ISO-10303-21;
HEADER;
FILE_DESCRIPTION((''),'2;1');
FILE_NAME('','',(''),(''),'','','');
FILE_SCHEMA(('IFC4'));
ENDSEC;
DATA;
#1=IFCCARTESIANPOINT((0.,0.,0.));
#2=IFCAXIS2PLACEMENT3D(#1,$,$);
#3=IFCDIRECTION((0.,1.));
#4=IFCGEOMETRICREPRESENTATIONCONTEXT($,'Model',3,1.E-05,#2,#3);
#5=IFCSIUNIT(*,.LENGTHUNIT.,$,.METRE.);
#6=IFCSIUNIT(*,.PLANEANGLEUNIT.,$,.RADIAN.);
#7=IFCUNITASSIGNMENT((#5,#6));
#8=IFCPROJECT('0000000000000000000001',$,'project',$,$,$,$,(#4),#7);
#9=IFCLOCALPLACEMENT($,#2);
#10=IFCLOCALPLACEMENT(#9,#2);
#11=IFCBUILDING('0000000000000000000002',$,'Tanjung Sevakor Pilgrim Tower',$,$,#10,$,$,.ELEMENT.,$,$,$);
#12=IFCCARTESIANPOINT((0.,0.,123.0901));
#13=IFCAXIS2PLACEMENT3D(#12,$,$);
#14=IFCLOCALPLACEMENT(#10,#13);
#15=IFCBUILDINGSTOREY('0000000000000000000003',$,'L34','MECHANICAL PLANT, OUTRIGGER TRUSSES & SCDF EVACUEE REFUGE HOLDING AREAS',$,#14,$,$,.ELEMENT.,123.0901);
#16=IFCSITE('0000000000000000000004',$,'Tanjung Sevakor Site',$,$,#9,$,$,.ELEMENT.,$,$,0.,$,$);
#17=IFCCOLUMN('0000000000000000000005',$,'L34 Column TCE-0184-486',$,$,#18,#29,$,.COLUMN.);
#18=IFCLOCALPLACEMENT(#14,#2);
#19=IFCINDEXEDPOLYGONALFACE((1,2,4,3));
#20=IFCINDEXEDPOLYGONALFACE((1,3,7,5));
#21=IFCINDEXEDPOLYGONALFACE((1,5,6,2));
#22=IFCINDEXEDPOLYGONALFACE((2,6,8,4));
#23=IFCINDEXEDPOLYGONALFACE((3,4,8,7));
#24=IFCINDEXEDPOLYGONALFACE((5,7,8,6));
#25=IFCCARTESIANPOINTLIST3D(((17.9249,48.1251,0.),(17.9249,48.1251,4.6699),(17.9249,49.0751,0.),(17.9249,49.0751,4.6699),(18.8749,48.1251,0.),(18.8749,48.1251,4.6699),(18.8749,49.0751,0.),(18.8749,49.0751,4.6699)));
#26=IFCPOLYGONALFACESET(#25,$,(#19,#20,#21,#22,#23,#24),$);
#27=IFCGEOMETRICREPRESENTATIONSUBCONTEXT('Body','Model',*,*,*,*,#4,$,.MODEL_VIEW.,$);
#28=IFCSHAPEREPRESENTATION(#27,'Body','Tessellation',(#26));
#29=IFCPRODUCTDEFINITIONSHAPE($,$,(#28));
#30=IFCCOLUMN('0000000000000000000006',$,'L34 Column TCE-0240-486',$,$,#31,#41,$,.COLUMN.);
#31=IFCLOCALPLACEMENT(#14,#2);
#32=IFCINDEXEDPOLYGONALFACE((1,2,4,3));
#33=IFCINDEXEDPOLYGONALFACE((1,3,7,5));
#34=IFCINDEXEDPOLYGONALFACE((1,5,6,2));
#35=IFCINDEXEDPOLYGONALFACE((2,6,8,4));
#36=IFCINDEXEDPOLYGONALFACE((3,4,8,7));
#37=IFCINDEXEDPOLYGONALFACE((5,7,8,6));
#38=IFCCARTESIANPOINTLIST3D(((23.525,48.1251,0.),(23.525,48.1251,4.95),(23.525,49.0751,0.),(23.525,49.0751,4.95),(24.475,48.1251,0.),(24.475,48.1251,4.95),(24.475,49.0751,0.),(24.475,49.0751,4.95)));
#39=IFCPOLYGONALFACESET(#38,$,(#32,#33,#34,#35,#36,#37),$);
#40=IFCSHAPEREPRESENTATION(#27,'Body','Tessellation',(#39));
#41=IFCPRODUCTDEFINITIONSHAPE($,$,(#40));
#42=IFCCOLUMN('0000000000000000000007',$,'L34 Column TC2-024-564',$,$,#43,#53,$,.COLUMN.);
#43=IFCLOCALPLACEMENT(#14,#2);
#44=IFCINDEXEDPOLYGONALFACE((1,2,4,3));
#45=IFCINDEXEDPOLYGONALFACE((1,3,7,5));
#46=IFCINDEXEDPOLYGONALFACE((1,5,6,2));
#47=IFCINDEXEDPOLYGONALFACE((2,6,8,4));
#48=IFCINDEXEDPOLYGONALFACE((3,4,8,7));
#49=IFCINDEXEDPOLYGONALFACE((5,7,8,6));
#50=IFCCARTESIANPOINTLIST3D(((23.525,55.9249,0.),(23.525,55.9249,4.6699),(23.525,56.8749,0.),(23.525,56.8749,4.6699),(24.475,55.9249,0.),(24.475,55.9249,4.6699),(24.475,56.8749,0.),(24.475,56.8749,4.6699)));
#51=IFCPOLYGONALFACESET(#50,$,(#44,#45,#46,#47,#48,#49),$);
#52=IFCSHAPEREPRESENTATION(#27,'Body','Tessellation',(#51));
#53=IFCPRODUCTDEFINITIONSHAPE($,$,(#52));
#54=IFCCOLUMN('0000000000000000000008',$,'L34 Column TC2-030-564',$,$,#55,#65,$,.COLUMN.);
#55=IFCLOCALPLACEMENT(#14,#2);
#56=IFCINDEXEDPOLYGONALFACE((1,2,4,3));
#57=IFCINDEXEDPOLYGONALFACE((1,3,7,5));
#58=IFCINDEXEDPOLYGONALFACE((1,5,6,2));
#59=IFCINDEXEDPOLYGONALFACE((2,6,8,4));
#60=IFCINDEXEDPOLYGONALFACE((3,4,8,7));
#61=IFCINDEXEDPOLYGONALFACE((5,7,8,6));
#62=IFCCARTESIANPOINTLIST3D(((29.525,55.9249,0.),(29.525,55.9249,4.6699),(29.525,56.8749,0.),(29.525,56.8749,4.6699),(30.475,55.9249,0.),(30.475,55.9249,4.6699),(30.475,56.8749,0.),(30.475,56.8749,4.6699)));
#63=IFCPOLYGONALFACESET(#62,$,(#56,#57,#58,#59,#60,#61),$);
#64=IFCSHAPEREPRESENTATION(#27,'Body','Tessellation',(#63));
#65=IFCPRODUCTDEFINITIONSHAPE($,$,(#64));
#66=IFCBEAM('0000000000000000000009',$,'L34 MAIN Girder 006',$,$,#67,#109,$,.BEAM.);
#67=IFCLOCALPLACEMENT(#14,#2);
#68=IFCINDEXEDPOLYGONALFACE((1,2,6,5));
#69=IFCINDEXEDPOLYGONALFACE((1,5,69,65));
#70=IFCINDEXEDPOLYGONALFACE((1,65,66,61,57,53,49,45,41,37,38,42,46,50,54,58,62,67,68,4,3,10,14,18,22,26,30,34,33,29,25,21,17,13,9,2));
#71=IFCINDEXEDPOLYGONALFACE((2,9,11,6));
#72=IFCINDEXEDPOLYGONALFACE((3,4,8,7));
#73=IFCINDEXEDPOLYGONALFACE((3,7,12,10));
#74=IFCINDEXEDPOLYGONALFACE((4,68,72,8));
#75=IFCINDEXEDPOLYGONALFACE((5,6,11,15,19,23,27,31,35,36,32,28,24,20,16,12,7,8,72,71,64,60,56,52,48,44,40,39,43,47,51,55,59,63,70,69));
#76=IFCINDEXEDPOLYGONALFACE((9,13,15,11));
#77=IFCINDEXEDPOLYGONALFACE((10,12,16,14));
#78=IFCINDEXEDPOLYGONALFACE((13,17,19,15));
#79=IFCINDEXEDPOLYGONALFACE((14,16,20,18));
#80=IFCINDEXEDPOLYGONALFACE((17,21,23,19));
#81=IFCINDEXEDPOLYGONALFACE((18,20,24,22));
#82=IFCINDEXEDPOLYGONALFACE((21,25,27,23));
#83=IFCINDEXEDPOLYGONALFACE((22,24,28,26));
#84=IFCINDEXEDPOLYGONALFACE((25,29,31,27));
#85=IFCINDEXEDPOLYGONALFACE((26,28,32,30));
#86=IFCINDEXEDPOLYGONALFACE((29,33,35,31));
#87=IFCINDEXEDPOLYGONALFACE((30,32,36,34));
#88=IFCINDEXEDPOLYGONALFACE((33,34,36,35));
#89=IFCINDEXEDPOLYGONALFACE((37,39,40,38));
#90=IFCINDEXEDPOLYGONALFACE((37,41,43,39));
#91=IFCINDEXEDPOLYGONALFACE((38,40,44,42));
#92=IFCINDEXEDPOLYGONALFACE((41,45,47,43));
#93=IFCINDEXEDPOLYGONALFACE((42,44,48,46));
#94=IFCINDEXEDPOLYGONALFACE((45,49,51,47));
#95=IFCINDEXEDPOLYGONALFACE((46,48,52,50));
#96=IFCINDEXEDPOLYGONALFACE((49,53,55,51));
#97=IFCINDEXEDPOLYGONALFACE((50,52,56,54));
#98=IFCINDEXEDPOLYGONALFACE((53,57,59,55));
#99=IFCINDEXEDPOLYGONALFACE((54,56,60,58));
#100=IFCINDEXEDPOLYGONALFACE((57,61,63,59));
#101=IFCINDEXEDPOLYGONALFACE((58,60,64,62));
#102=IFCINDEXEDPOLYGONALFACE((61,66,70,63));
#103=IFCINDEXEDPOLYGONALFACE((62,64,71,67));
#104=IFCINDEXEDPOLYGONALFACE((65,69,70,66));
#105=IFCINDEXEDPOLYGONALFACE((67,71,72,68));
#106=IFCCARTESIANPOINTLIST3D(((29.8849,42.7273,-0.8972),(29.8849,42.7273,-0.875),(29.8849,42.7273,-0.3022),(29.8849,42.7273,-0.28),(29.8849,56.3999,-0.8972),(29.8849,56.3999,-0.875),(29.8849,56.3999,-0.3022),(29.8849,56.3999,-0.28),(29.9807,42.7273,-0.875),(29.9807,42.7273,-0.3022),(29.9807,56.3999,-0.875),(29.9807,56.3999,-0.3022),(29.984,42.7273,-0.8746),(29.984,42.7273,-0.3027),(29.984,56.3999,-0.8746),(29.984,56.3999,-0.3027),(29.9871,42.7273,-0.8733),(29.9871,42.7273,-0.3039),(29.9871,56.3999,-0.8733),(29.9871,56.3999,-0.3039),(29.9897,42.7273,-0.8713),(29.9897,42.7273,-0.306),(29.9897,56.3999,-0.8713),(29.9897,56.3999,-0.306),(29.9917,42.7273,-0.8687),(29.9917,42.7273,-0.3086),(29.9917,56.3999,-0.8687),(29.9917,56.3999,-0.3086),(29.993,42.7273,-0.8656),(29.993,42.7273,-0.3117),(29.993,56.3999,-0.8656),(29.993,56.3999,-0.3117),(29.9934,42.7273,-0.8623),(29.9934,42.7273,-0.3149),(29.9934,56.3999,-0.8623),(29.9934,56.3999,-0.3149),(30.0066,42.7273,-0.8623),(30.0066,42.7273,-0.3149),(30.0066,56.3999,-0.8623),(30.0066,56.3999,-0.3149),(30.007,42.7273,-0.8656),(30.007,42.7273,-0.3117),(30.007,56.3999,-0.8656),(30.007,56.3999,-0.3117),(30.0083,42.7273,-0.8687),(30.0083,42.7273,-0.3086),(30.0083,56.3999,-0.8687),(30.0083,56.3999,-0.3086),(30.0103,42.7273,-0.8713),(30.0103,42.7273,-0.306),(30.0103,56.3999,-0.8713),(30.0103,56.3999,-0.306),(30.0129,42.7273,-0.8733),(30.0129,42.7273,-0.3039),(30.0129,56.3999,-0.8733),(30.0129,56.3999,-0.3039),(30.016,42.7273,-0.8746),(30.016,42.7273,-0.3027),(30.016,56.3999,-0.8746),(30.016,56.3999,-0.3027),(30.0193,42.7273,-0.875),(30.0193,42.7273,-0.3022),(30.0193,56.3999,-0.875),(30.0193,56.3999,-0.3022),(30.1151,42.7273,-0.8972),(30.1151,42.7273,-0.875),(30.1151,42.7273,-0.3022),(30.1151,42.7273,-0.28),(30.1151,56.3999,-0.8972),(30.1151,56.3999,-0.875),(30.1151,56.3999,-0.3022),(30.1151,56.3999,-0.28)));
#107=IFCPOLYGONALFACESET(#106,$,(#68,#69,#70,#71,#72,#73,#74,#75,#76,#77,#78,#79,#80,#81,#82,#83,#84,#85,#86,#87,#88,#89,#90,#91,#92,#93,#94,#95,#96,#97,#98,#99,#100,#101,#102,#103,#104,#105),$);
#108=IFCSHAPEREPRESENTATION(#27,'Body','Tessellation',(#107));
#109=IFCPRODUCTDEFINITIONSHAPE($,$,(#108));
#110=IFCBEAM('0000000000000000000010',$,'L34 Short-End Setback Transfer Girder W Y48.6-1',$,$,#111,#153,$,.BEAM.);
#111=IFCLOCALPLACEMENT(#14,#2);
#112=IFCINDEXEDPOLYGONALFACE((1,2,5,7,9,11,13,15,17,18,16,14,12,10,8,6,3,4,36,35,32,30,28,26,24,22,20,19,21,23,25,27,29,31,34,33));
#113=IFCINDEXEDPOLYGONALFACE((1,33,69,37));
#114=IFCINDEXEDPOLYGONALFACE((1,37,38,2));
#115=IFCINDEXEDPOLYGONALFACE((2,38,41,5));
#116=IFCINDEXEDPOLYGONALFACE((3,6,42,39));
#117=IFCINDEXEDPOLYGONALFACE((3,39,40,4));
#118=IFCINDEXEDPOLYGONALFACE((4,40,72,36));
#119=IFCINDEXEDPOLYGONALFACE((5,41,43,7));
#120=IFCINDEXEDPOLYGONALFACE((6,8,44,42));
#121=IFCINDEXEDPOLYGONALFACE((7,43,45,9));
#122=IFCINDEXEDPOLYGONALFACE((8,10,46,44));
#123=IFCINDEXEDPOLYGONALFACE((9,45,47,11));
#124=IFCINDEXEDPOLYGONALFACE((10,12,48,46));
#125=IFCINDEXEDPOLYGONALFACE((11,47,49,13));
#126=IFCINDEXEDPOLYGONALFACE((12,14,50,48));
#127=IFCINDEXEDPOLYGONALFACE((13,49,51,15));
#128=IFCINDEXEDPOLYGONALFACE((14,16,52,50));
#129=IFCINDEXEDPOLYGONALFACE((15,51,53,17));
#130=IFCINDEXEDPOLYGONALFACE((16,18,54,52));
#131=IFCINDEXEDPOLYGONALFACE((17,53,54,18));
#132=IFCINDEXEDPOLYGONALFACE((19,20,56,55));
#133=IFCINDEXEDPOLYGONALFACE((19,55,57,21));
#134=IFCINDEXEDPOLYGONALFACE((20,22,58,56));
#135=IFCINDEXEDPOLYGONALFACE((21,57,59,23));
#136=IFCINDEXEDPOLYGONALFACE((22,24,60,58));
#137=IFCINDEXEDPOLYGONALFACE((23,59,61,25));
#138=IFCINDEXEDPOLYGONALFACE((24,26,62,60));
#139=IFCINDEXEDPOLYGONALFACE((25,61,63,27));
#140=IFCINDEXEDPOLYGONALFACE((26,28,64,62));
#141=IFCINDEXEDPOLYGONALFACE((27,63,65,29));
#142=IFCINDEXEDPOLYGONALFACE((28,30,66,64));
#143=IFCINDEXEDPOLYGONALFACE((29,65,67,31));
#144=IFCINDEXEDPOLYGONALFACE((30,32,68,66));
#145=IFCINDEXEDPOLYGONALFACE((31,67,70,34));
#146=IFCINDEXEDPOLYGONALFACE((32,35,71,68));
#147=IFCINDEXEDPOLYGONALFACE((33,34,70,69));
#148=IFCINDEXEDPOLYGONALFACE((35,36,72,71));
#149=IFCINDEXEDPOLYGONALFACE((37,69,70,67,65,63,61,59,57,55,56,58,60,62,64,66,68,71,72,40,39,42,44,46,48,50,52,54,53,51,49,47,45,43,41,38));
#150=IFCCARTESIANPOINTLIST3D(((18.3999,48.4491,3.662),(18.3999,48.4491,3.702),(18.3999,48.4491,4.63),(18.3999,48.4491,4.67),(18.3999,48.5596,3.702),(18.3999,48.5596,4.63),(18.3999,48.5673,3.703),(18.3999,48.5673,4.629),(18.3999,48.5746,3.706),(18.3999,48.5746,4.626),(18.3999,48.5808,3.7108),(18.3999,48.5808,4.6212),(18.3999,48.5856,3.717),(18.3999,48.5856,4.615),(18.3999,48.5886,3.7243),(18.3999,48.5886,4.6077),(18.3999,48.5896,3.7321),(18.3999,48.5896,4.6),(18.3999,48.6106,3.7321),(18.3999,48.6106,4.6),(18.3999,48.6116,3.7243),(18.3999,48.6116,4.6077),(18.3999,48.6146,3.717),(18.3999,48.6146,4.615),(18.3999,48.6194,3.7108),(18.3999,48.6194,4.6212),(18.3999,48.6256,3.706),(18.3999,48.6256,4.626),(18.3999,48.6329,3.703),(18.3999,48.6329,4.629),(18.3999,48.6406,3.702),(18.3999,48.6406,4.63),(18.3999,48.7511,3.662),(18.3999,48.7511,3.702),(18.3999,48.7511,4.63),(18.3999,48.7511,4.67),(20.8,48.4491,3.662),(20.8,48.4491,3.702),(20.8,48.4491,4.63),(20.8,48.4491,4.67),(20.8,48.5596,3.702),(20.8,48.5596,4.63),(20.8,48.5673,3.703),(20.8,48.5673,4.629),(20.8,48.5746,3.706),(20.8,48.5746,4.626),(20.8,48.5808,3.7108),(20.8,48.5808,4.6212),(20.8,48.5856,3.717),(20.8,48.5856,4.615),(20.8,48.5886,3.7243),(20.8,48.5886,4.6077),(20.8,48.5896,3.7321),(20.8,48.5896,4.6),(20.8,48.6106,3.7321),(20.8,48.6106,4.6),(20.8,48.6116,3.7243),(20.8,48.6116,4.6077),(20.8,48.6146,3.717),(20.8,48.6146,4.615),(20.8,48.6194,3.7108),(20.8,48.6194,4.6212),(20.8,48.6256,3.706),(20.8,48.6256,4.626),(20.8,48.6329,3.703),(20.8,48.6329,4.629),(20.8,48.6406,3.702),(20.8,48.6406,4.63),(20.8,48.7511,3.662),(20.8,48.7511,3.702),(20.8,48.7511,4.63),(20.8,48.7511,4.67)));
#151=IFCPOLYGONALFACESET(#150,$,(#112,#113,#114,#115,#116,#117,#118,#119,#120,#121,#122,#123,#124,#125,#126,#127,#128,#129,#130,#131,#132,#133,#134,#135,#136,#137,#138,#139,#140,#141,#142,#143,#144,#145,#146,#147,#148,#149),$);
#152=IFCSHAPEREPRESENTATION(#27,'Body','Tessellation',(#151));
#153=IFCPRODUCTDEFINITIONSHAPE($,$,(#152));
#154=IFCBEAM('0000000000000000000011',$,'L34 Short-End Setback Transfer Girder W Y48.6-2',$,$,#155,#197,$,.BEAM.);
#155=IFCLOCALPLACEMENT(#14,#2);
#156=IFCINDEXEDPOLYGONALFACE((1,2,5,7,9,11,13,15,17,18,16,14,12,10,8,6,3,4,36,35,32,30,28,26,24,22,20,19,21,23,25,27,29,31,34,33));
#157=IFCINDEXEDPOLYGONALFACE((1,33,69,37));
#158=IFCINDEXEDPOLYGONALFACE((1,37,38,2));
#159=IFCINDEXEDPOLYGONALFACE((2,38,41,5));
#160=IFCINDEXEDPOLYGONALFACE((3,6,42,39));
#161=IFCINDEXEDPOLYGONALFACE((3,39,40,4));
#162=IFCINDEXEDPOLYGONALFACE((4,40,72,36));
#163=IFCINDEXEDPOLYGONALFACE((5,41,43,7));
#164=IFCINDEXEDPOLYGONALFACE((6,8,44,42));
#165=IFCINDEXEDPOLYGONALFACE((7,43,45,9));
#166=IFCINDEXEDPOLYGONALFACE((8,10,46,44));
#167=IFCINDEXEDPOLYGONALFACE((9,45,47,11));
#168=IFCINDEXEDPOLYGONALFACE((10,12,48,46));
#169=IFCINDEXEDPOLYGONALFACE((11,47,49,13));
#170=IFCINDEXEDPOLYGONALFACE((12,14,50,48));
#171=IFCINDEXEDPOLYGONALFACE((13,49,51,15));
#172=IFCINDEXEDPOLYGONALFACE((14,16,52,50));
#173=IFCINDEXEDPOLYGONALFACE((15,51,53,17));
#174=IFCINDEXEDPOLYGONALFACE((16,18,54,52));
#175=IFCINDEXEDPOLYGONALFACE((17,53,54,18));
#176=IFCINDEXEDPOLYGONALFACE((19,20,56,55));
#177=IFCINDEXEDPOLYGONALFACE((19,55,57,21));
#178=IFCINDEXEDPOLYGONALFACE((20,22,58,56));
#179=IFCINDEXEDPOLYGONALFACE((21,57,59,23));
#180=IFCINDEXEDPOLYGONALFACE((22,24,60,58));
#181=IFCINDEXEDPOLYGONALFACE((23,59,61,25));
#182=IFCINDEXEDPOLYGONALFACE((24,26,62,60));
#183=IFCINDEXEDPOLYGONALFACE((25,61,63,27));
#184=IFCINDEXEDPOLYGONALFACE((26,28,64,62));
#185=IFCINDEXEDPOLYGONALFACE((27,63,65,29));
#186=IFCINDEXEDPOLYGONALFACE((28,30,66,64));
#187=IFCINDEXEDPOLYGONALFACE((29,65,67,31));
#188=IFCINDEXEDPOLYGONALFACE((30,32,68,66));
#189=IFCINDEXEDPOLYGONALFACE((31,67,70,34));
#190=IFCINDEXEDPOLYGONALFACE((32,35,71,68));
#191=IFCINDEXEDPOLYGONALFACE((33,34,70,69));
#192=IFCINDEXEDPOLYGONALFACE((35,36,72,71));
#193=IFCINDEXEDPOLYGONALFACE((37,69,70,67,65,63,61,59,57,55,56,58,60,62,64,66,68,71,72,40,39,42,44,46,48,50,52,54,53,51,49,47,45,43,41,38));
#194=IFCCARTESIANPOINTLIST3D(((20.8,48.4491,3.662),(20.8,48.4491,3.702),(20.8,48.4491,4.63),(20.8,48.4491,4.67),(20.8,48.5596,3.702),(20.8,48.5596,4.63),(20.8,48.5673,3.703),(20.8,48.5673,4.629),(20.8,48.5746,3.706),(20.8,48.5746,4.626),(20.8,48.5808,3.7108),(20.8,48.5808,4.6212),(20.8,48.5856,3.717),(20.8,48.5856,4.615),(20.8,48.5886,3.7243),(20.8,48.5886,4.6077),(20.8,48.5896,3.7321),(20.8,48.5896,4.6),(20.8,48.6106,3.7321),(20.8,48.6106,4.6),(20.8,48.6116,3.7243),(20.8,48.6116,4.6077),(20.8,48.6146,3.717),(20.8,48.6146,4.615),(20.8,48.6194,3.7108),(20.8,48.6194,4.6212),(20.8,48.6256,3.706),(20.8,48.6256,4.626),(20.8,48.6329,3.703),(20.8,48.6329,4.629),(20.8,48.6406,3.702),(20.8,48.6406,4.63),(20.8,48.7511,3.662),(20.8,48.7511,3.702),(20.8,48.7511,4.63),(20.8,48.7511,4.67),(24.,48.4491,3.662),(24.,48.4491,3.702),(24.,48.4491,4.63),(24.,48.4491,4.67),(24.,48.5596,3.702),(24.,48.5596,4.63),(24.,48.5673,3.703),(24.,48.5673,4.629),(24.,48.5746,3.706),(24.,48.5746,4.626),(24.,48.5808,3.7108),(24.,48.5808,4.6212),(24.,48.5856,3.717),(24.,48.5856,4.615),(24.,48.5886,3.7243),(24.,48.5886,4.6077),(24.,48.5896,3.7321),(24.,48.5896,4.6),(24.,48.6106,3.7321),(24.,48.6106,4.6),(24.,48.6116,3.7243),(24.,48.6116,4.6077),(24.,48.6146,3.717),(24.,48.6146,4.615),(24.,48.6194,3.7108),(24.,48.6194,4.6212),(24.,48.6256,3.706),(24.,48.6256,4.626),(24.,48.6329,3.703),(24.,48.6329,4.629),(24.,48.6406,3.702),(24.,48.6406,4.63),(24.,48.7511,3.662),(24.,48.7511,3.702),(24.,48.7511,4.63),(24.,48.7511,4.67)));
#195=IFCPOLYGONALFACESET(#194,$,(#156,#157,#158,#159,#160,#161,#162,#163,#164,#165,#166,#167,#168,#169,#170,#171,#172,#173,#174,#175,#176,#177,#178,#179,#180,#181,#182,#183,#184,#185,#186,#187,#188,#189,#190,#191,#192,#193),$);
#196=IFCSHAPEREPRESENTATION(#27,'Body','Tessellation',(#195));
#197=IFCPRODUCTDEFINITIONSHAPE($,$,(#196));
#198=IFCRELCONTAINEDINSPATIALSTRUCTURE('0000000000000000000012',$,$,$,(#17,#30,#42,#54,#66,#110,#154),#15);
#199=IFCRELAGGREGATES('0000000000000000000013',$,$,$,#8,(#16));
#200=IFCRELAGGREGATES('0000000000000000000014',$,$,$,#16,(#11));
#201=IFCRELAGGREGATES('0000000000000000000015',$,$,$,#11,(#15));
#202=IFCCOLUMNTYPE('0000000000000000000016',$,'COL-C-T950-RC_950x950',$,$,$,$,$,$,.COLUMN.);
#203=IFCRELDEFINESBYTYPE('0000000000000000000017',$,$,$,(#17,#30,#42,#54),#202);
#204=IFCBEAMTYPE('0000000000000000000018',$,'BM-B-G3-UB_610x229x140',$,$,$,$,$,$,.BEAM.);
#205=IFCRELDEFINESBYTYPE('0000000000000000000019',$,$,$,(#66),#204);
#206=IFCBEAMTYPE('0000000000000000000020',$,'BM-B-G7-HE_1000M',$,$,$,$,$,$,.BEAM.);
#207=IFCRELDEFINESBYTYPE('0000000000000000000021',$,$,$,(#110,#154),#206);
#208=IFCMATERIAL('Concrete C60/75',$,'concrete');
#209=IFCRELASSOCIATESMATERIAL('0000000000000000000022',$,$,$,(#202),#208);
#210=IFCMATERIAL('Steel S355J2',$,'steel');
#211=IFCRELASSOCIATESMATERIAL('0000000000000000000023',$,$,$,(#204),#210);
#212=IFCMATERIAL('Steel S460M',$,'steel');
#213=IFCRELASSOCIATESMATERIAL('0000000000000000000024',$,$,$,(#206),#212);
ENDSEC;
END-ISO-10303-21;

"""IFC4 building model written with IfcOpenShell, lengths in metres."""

from ifc_helpers import new_model, si_unit, direction, frame, origin, origin_2d, place, context, subcontext, project, spatial, rectangle, i_section, extrude, material, material_profile, profile_set, type_object, element, save


model = new_model("IFC4")

# Units and contexts
model_context = context("Model", 3, precision=1e-05, world=origin(), true_north=direction((0.0, 1.0)))
body_context = subcontext(model_context, "Body", "Model", "MODEL_VIEW")
ifc_project = project(units=[si_unit("LENGTHUNIT", "METRE"), si_unit("PLANEANGLEUNIT", "RADIAN")], contexts=[model_context])

# Site, building, storey
site_placement = place(None, origin())
site = spatial("IfcSite", under=ifc_project, at=site_placement, Name="Tanjung Sevakor Site", CompositionType="ELEMENT", RefElevation=0.0)
building_placement = place(site_placement, origin())
building = spatial("IfcBuilding", under=site, at=building_placement, Name="Tanjung Sevakor Pilgrim Tower", CompositionType="ELEMENT")
storey_placement = place(building_placement, frame((0.0, 0.0, 123.0901)))
storey = spatial("IfcBuildingStorey", under=building, at=storey_placement, Name="L34", Description="MECHANICAL PLANT, OUTRIGGER TRUSSES & SCDF EVACUEE REFUGE HOLDING AREAS", CompositionType="ELEMENT", Elevation=123.0901)

# Columns
ifc_material_1 = material(Name="Concrete C60/75", Category="concrete")
ifc_material_profile_1 = material_profile(ifc_material_1, rectangle(XDim=0.95, YDim=0.95, at=origin_2d()))
ifc_profile_set_1 = profile_set([ifc_material_profile_1], Name="Concrete C60/75")
column_type = type_object("IfcColumnType", Name="COL-C-T950-RC_950x950", PredefinedType="COLUMN", material=ifc_profile_set_1)
column_1_placement = place(storey_placement, frame((18.3999, 48.6001, 0.0), z_axis=(0.0, 0.0, 1.0), x_axis=(1.0, 0.0, 0.0)))
element("IfcColumn", 1, at=column_1_placement, inside=storey, type_object=column_type, Name="L34 Column TCE-0184-486", PredefinedType="COLUMN", context=body_context, shape_type="SweptSolid", body=[
    extrude(rectangle(XDim=0.95, YDim=0.95, at=origin_2d()), origin(), (0.0, 0.0, 1.0), 4.6699),
])
column_2_placement = place(storey_placement, frame((24.0, 48.6001, 0.0), z_axis=(0.0, 0.0, 1.0), x_axis=(1.0, 0.0, 0.0)))
element("IfcColumn", 2, at=column_2_placement, inside=storey, type_object=column_type, Name="L34 Column TCE-0240-486", PredefinedType="COLUMN", context=body_context, shape_type="SweptSolid", body=[
    extrude(rectangle(XDim=0.95, YDim=0.95, at=origin_2d()), origin(), (0.0, 0.0, 1.0), 4.95),
])
for number, where, z_axis, x_axis, name in (
    (3, (24.0, 56.3999, 0.0), (0.0, 0.0, 1.0), (1.0, 0.0, 0.0), "L34 Column TC2-024-564"),
    (4, (30.0, 56.3999, 0.0), (0.0, 0.0, 1.0), (1.0, 0.0, 0.0), "L34 Column TC2-030-564"),
):
    element("IfcColumn", number, at=place(storey_placement, frame(where, z_axis=z_axis, x_axis=x_axis)), inside=storey, type_object=column_type, Name=name, PredefinedType="COLUMN", context=body_context, shape_type="SweptSolid", body=[
        extrude(rectangle(XDim=0.95, YDim=0.95, at=origin_2d()), origin(), (0.0, 0.0, 1.0), 4.6699),
    ])

# Beams
ifc_material_2 = material(Name="Steel S355J2", Category="steel")
ifc_material_profile_2 = material_profile(ifc_material_2, i_section(OverallWidth=0.2302, OverallDepth=0.6172, WebThickness=0.0132, FlangeThickness=0.0222, FilletRadius=0.0127, at=origin_2d()))
ifc_profile_set_2 = profile_set([ifc_material_profile_2], Name="Steel S355J2")
beam_type_1 = type_object("IfcBeamType", Name="BM-B-G3-UB_610x229x140", PredefinedType="BEAM", material=ifc_profile_set_2)
beam_1_placement = place(storey_placement, frame((30.0, 42.7273, -0.5886), z_axis=(0.0, 1.0, 0.0), x_axis=(-1.0, 0.0, 0.0)))
element("IfcBeam", 5, at=beam_1_placement, inside=storey, type_object=beam_type_1, Name="L34 MAIN Girder 006", PredefinedType="BEAM", context=body_context, shape_type="SweptSolid", body=[
    extrude(i_section(OverallWidth=0.2302, OverallDepth=0.6172, WebThickness=0.0132, FlangeThickness=0.0222, FilletRadius=0.0127, at=origin_2d()), origin(), (0.0, 0.0, 1.0), 13.6726),
])
ifc_material_3 = material(Name="Steel S460M", Category="steel")
ifc_material_profile_3 = material_profile(ifc_material_3, i_section(OverallWidth=0.302, OverallDepth=1.0081, WebThickness=0.021, FlangeThickness=0.04, FilletRadius=0.03, at=origin_2d()))
ifc_profile_set_3 = profile_set([ifc_material_profile_3], Name="Steel S460M")
beam_type_2 = type_object("IfcBeamType", Name="BM-B-G7-HE_1000M", PredefinedType="BEAM", material=ifc_profile_set_3)
beam_2_placement = place(storey_placement, frame((18.3999, 48.6001, 4.166), z_axis=(1.0, 0.0, 0.0), x_axis=(0.0, 1.0, 0.0)))
element("IfcBeam", 6, at=beam_2_placement, inside=storey, type_object=beam_type_2, Name="L34 Short-End Setback Transfer Girder W Y48.6-1", PredefinedType="BEAM", context=body_context, shape_type="SweptSolid", body=[
    extrude(i_section(OverallWidth=0.302, OverallDepth=1.0081, WebThickness=0.021, FlangeThickness=0.04, FilletRadius=0.03, at=origin_2d()), origin(), (0.0, 0.0, 1.0), 2.4001),
])
beam_3_placement = place(storey_placement, frame((20.8, 48.6001, 4.166), z_axis=(1.0, 0.0, 0.0), x_axis=(0.0, 1.0, 0.0)))
element("IfcBeam", 7, at=beam_3_placement, inside=storey, type_object=beam_type_2, Name="L34 Short-End Setback Transfer Girder W Y48.6-2", PredefinedType="BEAM", context=body_context, shape_type="SweptSolid", body=[
    extrude(i_section(OverallWidth=0.302, OverallDepth=1.0081, WebThickness=0.021, FlangeThickness=0.04, FilletRadius=0.03, at=origin_2d()), origin(), (0.0, 0.0, 1.0), 3.2),
])

save(model, "model.ifc")
